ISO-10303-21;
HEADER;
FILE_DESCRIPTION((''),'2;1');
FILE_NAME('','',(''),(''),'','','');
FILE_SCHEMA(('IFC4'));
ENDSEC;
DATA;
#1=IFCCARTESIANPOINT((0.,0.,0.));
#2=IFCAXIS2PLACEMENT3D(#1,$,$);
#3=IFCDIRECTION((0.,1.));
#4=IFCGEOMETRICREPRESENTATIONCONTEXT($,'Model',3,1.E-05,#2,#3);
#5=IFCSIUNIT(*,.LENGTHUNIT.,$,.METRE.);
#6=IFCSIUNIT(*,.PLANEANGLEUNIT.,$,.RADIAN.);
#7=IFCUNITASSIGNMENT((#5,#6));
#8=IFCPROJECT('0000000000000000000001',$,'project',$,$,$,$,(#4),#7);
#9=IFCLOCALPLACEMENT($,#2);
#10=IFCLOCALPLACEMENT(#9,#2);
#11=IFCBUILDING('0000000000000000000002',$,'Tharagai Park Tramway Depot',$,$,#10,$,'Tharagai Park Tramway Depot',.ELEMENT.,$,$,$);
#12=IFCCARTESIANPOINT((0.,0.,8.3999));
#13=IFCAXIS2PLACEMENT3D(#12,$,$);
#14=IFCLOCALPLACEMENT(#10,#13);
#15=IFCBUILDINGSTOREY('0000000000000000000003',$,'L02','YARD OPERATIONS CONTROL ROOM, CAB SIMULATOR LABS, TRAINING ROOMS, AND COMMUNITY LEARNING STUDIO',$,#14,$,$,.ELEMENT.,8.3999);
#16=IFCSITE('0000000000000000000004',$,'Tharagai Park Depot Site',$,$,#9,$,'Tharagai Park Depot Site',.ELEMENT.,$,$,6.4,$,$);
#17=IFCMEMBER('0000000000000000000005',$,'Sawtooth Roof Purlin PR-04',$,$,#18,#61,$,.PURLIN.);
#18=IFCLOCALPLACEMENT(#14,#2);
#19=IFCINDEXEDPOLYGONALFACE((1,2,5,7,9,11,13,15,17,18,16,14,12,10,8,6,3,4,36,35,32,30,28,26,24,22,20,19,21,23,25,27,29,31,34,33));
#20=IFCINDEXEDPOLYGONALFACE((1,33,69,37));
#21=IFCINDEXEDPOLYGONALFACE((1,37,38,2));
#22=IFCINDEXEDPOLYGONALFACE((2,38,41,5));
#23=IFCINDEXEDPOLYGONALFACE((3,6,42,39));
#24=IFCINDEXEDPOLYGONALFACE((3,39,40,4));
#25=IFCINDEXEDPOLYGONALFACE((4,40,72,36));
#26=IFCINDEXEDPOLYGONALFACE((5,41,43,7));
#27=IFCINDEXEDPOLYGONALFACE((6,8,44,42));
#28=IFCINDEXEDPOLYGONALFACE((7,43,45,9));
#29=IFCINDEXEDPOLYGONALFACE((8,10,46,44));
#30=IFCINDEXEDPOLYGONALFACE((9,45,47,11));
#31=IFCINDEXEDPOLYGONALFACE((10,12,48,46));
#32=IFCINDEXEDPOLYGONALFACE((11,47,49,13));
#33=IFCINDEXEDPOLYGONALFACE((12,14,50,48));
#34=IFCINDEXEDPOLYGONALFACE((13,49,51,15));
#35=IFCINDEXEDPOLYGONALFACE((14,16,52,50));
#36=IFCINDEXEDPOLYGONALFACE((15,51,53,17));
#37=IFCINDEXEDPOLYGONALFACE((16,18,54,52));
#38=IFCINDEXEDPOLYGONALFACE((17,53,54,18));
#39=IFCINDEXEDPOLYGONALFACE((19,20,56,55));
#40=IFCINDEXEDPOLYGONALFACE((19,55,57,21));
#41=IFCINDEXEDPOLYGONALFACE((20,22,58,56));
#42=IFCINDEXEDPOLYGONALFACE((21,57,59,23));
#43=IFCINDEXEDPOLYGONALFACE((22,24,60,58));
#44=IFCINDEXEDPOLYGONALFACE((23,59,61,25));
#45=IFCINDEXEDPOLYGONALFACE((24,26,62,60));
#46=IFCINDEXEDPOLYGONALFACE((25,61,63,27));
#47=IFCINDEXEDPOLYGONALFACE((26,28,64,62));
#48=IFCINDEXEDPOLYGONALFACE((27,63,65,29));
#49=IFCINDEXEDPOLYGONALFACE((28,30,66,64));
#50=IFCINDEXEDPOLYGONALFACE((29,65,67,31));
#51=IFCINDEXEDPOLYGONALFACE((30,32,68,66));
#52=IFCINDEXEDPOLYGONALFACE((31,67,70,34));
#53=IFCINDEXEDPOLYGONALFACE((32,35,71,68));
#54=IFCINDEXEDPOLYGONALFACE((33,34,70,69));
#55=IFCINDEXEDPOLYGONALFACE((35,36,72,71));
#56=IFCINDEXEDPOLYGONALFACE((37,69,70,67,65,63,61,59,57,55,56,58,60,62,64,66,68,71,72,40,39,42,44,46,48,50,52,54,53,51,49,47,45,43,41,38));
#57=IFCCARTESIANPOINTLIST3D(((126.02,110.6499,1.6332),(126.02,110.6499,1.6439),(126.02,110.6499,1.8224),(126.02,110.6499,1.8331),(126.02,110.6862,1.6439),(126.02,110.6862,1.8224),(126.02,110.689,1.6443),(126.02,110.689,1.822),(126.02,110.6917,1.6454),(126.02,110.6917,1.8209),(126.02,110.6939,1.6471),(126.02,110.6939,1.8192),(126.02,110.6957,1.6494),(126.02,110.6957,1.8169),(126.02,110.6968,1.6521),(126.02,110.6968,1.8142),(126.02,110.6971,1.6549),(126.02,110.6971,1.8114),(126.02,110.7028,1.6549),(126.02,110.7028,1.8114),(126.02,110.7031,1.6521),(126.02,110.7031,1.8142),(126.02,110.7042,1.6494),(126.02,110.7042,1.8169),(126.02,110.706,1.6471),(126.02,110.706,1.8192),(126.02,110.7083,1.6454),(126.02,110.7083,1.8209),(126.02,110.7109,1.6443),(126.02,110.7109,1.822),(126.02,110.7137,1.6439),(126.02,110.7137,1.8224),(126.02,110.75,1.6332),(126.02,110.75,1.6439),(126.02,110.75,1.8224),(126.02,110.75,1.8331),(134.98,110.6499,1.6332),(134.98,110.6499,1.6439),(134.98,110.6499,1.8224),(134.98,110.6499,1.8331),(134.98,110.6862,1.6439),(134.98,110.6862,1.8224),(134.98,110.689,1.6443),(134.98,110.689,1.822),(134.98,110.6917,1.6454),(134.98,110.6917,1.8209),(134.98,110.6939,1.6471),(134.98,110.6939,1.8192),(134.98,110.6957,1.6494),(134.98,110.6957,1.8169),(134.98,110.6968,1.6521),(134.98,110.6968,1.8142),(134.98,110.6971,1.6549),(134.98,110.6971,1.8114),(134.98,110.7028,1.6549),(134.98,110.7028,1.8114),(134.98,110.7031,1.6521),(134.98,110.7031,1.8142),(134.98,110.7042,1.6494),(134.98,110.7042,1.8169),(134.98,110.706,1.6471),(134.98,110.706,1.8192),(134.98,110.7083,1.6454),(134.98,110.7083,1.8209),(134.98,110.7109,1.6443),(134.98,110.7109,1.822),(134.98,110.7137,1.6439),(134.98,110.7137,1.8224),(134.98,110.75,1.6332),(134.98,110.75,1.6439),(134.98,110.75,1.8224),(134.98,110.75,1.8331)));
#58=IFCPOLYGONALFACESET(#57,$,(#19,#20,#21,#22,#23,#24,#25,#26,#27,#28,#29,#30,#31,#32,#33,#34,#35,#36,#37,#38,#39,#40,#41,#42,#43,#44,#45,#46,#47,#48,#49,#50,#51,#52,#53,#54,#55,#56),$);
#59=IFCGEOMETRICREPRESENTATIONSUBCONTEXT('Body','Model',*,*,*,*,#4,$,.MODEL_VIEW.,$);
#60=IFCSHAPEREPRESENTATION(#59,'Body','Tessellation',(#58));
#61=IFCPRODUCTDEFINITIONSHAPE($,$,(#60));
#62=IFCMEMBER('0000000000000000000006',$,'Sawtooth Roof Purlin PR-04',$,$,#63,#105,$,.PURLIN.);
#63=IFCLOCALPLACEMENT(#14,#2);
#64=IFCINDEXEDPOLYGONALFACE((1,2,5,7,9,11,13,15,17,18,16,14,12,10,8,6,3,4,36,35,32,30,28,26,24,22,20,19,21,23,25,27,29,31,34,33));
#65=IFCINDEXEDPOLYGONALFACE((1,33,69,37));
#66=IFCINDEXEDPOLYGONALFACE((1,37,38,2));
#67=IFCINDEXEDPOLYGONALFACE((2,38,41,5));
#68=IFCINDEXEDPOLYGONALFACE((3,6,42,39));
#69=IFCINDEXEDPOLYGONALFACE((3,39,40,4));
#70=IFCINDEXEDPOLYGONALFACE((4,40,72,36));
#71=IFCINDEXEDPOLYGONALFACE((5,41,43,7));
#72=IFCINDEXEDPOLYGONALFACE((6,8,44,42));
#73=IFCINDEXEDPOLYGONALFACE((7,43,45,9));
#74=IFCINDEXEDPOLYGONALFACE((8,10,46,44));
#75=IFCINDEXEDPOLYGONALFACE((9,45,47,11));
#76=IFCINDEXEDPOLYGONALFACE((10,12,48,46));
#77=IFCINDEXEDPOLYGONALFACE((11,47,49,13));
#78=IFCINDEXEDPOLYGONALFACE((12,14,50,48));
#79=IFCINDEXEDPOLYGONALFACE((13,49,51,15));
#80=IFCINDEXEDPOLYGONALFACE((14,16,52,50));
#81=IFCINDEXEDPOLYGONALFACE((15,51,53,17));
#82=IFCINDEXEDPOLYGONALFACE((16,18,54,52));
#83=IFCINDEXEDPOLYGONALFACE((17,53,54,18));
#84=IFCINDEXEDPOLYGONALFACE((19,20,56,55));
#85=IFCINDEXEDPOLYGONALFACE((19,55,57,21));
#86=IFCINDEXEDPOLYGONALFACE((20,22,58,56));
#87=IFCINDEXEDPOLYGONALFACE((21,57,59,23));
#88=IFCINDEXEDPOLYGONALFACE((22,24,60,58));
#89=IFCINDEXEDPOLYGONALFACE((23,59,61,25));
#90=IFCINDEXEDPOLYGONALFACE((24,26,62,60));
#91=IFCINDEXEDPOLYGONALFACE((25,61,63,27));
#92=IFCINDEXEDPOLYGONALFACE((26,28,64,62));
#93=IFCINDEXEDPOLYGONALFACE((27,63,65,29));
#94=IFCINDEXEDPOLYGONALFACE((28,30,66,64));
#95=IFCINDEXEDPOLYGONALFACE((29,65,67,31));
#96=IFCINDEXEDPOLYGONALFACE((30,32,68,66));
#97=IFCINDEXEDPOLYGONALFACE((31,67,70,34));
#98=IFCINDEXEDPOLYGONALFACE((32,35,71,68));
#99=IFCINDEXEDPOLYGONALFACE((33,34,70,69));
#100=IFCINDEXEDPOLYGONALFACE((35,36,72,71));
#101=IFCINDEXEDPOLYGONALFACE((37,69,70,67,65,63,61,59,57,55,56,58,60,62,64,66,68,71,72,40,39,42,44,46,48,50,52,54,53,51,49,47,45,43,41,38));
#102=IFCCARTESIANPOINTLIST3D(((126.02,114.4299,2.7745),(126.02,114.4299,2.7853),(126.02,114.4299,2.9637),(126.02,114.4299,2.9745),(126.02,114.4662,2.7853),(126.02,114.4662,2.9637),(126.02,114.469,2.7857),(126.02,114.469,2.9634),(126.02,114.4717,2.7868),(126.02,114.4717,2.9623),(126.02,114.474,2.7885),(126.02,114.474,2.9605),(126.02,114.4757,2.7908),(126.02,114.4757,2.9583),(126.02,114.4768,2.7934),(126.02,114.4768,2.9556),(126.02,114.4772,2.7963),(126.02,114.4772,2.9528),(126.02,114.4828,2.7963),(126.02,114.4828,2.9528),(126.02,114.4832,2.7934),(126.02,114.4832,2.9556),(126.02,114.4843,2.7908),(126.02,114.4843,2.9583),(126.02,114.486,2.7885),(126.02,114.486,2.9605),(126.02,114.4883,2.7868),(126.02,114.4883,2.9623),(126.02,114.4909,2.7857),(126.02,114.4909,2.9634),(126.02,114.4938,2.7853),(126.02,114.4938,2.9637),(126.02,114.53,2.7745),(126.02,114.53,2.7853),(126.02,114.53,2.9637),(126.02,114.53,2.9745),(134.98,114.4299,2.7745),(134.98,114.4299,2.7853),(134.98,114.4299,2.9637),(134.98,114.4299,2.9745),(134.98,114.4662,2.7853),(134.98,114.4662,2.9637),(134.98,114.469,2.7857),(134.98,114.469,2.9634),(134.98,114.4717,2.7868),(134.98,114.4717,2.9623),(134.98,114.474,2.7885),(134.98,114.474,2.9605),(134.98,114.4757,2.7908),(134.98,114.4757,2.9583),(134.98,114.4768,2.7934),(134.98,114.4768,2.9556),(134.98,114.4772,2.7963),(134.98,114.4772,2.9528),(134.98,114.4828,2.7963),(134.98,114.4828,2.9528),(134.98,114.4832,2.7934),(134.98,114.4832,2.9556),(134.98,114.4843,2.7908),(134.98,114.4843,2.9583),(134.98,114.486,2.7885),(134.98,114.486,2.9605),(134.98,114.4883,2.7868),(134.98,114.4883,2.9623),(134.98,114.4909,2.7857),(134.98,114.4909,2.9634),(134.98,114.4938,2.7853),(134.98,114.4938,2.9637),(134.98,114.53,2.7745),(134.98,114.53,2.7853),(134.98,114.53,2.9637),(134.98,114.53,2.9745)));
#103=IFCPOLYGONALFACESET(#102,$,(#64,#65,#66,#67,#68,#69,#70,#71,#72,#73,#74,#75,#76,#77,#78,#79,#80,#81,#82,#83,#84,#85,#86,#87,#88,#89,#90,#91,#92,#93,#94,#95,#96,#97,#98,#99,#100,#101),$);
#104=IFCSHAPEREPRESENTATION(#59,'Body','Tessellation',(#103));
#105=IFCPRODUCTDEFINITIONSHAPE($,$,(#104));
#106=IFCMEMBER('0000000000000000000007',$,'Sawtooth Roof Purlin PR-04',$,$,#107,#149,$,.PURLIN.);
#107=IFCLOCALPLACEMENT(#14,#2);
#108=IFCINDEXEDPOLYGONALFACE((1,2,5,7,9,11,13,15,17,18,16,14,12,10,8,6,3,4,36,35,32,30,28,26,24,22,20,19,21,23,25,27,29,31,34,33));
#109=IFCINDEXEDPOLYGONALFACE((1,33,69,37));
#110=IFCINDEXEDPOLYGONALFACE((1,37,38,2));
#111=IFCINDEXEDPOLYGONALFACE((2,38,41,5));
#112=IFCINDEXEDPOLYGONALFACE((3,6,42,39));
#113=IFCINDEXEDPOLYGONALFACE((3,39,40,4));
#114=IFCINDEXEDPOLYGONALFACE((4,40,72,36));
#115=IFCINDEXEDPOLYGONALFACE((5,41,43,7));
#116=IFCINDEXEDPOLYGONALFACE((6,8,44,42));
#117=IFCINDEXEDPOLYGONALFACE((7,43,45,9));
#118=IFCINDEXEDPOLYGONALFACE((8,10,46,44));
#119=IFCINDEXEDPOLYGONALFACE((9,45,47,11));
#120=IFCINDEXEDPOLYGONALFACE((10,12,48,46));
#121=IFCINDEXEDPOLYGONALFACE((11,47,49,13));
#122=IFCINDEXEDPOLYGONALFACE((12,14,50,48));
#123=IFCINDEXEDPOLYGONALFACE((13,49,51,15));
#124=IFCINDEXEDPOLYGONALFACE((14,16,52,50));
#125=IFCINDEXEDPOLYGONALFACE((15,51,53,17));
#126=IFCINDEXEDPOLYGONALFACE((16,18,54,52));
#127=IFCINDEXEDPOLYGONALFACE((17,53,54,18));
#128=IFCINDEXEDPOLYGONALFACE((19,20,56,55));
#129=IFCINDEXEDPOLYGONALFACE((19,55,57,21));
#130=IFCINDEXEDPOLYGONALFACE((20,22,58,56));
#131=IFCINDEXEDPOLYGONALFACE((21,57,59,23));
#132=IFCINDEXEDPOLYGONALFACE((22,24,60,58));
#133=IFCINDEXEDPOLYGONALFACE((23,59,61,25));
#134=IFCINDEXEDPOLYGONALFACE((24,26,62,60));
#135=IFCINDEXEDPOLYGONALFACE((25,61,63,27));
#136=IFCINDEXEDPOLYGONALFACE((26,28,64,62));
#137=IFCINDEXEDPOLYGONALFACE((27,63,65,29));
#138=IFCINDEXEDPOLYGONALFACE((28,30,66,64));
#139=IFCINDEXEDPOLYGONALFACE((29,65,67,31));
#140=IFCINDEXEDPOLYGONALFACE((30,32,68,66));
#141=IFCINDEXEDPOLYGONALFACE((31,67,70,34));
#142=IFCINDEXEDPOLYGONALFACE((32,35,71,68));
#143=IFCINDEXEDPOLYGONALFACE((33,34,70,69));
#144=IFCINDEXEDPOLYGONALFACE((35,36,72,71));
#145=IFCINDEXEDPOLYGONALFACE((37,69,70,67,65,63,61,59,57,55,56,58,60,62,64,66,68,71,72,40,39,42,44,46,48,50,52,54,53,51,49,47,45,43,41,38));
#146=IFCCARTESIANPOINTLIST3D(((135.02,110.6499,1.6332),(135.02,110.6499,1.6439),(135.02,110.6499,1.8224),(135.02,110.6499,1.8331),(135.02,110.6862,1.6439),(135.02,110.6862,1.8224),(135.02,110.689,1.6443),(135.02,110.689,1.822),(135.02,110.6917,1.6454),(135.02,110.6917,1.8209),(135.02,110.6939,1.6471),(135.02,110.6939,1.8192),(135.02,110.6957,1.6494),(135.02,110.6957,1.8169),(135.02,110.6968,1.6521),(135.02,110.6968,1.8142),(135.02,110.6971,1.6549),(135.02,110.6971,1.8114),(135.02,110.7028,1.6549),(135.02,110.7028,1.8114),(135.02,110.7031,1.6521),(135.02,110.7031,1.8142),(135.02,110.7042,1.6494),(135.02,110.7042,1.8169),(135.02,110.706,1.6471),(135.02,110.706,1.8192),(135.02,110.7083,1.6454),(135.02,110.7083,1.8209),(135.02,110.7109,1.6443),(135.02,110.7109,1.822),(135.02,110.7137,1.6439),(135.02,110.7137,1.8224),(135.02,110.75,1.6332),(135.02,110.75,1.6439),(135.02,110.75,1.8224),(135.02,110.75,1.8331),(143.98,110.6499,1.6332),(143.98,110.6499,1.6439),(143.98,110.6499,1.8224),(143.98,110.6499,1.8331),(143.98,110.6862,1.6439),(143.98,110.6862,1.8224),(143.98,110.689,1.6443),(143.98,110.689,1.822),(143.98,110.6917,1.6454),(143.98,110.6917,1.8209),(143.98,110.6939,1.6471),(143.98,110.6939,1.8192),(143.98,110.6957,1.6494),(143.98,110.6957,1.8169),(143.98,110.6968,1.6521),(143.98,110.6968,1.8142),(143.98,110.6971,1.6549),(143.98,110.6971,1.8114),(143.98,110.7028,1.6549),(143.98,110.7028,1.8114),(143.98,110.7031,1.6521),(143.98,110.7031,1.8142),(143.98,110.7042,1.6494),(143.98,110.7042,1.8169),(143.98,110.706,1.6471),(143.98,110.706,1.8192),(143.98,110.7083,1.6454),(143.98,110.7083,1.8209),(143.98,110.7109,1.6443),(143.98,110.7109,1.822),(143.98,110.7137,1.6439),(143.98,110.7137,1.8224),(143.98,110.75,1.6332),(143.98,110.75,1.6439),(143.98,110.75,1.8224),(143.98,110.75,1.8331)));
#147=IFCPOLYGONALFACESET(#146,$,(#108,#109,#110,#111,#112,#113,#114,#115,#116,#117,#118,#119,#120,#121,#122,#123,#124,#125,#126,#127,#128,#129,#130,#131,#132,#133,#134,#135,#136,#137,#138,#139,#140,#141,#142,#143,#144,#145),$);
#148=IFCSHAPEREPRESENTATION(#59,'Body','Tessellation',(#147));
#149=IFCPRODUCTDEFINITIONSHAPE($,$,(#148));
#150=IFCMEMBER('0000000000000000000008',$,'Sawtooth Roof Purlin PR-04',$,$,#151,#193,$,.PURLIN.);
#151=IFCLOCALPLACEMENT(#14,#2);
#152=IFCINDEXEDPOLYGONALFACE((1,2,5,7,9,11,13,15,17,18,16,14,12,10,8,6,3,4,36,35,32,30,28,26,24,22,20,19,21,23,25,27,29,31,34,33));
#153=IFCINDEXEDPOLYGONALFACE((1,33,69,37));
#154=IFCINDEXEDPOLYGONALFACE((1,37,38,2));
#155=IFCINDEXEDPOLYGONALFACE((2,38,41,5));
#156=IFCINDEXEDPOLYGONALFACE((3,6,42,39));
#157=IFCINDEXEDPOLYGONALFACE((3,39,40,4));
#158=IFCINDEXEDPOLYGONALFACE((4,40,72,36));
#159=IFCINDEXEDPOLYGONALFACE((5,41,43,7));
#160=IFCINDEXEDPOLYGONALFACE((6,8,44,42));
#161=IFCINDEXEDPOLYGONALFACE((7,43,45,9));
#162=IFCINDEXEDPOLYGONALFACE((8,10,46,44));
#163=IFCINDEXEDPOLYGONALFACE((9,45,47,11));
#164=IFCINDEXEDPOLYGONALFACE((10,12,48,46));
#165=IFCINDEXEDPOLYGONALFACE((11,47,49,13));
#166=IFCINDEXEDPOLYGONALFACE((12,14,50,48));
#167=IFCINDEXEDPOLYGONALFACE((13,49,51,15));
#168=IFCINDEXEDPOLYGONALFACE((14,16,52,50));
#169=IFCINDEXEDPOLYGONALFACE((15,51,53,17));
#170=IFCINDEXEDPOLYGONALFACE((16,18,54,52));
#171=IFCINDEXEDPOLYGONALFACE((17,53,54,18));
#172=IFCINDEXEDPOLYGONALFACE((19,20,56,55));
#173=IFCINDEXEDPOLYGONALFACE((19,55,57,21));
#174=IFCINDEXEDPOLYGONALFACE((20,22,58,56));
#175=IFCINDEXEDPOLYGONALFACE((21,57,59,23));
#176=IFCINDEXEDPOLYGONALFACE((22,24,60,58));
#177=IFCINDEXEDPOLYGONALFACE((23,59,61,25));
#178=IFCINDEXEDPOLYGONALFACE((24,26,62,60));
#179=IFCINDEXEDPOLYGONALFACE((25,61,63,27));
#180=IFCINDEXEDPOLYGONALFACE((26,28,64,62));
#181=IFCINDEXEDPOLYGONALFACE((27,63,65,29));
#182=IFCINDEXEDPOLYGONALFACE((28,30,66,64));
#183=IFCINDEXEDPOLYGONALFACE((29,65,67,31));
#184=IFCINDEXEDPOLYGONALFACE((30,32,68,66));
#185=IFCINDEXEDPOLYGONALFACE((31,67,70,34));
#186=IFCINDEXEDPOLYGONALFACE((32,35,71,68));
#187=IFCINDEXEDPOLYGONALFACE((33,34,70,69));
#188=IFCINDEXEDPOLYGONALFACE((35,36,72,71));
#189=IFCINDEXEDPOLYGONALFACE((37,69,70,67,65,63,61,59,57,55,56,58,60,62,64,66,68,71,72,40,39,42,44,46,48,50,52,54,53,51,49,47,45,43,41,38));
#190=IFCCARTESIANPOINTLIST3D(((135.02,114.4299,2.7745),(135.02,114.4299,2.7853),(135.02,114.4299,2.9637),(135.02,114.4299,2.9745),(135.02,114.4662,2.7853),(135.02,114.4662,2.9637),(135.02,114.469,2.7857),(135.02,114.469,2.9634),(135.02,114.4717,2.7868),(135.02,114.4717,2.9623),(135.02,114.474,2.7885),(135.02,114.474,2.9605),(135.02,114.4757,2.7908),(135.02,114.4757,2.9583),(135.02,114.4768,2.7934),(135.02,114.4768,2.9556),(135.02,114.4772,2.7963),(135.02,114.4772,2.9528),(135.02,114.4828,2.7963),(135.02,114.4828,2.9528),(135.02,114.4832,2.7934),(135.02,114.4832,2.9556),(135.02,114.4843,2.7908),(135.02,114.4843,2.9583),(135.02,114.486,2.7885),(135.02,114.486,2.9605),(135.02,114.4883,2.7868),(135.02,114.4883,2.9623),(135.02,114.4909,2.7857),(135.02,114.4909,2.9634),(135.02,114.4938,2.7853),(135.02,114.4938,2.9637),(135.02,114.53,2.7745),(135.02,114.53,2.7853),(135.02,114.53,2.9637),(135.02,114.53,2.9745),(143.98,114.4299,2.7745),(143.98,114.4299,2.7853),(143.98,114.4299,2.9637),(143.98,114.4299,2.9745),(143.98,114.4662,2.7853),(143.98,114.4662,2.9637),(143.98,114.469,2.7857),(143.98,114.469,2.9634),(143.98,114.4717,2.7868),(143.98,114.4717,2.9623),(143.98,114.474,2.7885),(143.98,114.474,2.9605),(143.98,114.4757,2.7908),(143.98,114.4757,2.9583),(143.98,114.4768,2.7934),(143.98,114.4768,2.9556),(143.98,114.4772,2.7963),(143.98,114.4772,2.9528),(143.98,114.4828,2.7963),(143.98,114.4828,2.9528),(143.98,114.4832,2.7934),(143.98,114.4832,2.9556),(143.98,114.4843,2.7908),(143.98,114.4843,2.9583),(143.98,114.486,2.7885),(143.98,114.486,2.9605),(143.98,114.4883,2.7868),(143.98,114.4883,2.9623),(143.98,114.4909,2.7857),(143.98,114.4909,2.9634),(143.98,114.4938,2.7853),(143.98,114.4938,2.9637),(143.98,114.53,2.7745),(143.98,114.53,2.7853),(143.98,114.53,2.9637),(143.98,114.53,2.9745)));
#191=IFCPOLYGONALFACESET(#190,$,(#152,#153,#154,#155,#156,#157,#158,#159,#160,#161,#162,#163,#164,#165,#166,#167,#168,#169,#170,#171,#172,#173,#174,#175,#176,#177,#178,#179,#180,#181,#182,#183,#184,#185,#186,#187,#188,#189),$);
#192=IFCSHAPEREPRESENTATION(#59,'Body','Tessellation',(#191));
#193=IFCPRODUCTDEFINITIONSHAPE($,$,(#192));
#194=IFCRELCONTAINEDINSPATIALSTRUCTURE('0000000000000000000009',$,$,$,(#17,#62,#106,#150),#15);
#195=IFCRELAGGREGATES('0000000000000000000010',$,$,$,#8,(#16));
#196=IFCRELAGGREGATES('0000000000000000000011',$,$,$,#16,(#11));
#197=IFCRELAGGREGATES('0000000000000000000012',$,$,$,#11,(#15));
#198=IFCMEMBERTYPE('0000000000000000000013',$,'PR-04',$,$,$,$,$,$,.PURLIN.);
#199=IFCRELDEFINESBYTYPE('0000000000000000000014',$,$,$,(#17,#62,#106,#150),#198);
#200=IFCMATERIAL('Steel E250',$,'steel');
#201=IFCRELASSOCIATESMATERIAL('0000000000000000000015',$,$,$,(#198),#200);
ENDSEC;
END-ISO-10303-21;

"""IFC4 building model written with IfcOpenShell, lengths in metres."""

from ifc_helpers import new_model, si_unit, direction, frame, origin, origin_2d, place, context, subcontext, project, spatial, i_section, extrude, material, material_profile, profile_set, type_object, element, save


model = new_model("IFC4")

# Units and contexts
model_context = context("Model", 3, precision=1e-05, world=origin(), true_north=direction((0.0, 1.0)))
body_context = subcontext(model_context, "Body", "Model", "MODEL_VIEW")
ifc_project = project(units=[si_unit("LENGTHUNIT", "METRE"), si_unit("PLANEANGLEUNIT", "RADIAN")], contexts=[model_context])

# Site, building, storey
site_placement = place(None, origin())
site = spatial("IfcSite", under=ifc_project, at=site_placement, Name="Tharagai Park Depot Site", LongName="Tharagai Park Depot Site", CompositionType="ELEMENT", RefElevation=6.4)
building_placement = place(site_placement, origin())
building = spatial("IfcBuilding", under=site, at=building_placement, Name="Tharagai Park Tramway Depot", LongName="Tharagai Park Tramway Depot", CompositionType="ELEMENT")
storey_placement = place(building_placement, frame((0.0, 0.0, 8.3999)))
storey = spatial("IfcBuildingStorey", under=building, at=storey_placement, Name="L02", Description="YARD OPERATIONS CONTROL ROOM, CAB SIMULATOR LABS, TRAINING ROOMS, AND COMMUNITY LEARNING STUDIO", CompositionType="ELEMENT", Elevation=8.3999)

# Shared definitions
ifc_material_1 = material(Name="Steel E250", Category="steel")

# Members
ifc_material_profile_1 = material_profile(ifc_material_1, i_section(OverallWidth=0.1001, OverallDepth=0.2, WebThickness=0.0056, FlangeThickness=0.0107, FilletRadius=0.011, at=origin_2d()), Name="ISMB 200")
ifc_profile_set_1 = profile_set([ifc_material_profile_1], Name="Steel E250")
member_type_1 = type_object("IfcMemberType", Name="PR-04", PredefinedType="PURLIN", material=ifc_profile_set_1)
for number, where, z_axis, x_axis, name in (
    (1, (126.02, 110.7, 1.7332), (1.0, 0.0, 0.0), (0.0, 1.0, 0.0), "Sawtooth Roof Purlin PR-04"),
    (2, (126.02, 114.48, 2.8745), (1.0, 0.0, 0.0), (0.0, 1.0, 0.0), "Sawtooth Roof Purlin PR-04"),
    (3, (135.02, 110.7, 1.7332), (1.0, 0.0, 0.0), (0.0, 1.0, 0.0), "Sawtooth Roof Purlin PR-04"),
    (4, (135.02, 114.48, 2.8745), (1.0, 0.0, 0.0), (0.0, 1.0, 0.0), "Sawtooth Roof Purlin PR-04"),
):
    element("IfcMember", number, at=place(storey_placement, frame(where, z_axis=z_axis, x_axis=x_axis)), inside=storey, type_object=member_type_1, Name=name, PredefinedType="PURLIN", context=body_context, shape_type="SweptSolid", body=[
        extrude(i_section(OverallWidth=0.1001, OverallDepth=0.2, WebThickness=0.0056, FlangeThickness=0.0107, FilletRadius=0.011, at=origin_2d()), origin(), (0.0, 0.0, 1.0), 8.96),
    ])

save(model, "model.ifc")
